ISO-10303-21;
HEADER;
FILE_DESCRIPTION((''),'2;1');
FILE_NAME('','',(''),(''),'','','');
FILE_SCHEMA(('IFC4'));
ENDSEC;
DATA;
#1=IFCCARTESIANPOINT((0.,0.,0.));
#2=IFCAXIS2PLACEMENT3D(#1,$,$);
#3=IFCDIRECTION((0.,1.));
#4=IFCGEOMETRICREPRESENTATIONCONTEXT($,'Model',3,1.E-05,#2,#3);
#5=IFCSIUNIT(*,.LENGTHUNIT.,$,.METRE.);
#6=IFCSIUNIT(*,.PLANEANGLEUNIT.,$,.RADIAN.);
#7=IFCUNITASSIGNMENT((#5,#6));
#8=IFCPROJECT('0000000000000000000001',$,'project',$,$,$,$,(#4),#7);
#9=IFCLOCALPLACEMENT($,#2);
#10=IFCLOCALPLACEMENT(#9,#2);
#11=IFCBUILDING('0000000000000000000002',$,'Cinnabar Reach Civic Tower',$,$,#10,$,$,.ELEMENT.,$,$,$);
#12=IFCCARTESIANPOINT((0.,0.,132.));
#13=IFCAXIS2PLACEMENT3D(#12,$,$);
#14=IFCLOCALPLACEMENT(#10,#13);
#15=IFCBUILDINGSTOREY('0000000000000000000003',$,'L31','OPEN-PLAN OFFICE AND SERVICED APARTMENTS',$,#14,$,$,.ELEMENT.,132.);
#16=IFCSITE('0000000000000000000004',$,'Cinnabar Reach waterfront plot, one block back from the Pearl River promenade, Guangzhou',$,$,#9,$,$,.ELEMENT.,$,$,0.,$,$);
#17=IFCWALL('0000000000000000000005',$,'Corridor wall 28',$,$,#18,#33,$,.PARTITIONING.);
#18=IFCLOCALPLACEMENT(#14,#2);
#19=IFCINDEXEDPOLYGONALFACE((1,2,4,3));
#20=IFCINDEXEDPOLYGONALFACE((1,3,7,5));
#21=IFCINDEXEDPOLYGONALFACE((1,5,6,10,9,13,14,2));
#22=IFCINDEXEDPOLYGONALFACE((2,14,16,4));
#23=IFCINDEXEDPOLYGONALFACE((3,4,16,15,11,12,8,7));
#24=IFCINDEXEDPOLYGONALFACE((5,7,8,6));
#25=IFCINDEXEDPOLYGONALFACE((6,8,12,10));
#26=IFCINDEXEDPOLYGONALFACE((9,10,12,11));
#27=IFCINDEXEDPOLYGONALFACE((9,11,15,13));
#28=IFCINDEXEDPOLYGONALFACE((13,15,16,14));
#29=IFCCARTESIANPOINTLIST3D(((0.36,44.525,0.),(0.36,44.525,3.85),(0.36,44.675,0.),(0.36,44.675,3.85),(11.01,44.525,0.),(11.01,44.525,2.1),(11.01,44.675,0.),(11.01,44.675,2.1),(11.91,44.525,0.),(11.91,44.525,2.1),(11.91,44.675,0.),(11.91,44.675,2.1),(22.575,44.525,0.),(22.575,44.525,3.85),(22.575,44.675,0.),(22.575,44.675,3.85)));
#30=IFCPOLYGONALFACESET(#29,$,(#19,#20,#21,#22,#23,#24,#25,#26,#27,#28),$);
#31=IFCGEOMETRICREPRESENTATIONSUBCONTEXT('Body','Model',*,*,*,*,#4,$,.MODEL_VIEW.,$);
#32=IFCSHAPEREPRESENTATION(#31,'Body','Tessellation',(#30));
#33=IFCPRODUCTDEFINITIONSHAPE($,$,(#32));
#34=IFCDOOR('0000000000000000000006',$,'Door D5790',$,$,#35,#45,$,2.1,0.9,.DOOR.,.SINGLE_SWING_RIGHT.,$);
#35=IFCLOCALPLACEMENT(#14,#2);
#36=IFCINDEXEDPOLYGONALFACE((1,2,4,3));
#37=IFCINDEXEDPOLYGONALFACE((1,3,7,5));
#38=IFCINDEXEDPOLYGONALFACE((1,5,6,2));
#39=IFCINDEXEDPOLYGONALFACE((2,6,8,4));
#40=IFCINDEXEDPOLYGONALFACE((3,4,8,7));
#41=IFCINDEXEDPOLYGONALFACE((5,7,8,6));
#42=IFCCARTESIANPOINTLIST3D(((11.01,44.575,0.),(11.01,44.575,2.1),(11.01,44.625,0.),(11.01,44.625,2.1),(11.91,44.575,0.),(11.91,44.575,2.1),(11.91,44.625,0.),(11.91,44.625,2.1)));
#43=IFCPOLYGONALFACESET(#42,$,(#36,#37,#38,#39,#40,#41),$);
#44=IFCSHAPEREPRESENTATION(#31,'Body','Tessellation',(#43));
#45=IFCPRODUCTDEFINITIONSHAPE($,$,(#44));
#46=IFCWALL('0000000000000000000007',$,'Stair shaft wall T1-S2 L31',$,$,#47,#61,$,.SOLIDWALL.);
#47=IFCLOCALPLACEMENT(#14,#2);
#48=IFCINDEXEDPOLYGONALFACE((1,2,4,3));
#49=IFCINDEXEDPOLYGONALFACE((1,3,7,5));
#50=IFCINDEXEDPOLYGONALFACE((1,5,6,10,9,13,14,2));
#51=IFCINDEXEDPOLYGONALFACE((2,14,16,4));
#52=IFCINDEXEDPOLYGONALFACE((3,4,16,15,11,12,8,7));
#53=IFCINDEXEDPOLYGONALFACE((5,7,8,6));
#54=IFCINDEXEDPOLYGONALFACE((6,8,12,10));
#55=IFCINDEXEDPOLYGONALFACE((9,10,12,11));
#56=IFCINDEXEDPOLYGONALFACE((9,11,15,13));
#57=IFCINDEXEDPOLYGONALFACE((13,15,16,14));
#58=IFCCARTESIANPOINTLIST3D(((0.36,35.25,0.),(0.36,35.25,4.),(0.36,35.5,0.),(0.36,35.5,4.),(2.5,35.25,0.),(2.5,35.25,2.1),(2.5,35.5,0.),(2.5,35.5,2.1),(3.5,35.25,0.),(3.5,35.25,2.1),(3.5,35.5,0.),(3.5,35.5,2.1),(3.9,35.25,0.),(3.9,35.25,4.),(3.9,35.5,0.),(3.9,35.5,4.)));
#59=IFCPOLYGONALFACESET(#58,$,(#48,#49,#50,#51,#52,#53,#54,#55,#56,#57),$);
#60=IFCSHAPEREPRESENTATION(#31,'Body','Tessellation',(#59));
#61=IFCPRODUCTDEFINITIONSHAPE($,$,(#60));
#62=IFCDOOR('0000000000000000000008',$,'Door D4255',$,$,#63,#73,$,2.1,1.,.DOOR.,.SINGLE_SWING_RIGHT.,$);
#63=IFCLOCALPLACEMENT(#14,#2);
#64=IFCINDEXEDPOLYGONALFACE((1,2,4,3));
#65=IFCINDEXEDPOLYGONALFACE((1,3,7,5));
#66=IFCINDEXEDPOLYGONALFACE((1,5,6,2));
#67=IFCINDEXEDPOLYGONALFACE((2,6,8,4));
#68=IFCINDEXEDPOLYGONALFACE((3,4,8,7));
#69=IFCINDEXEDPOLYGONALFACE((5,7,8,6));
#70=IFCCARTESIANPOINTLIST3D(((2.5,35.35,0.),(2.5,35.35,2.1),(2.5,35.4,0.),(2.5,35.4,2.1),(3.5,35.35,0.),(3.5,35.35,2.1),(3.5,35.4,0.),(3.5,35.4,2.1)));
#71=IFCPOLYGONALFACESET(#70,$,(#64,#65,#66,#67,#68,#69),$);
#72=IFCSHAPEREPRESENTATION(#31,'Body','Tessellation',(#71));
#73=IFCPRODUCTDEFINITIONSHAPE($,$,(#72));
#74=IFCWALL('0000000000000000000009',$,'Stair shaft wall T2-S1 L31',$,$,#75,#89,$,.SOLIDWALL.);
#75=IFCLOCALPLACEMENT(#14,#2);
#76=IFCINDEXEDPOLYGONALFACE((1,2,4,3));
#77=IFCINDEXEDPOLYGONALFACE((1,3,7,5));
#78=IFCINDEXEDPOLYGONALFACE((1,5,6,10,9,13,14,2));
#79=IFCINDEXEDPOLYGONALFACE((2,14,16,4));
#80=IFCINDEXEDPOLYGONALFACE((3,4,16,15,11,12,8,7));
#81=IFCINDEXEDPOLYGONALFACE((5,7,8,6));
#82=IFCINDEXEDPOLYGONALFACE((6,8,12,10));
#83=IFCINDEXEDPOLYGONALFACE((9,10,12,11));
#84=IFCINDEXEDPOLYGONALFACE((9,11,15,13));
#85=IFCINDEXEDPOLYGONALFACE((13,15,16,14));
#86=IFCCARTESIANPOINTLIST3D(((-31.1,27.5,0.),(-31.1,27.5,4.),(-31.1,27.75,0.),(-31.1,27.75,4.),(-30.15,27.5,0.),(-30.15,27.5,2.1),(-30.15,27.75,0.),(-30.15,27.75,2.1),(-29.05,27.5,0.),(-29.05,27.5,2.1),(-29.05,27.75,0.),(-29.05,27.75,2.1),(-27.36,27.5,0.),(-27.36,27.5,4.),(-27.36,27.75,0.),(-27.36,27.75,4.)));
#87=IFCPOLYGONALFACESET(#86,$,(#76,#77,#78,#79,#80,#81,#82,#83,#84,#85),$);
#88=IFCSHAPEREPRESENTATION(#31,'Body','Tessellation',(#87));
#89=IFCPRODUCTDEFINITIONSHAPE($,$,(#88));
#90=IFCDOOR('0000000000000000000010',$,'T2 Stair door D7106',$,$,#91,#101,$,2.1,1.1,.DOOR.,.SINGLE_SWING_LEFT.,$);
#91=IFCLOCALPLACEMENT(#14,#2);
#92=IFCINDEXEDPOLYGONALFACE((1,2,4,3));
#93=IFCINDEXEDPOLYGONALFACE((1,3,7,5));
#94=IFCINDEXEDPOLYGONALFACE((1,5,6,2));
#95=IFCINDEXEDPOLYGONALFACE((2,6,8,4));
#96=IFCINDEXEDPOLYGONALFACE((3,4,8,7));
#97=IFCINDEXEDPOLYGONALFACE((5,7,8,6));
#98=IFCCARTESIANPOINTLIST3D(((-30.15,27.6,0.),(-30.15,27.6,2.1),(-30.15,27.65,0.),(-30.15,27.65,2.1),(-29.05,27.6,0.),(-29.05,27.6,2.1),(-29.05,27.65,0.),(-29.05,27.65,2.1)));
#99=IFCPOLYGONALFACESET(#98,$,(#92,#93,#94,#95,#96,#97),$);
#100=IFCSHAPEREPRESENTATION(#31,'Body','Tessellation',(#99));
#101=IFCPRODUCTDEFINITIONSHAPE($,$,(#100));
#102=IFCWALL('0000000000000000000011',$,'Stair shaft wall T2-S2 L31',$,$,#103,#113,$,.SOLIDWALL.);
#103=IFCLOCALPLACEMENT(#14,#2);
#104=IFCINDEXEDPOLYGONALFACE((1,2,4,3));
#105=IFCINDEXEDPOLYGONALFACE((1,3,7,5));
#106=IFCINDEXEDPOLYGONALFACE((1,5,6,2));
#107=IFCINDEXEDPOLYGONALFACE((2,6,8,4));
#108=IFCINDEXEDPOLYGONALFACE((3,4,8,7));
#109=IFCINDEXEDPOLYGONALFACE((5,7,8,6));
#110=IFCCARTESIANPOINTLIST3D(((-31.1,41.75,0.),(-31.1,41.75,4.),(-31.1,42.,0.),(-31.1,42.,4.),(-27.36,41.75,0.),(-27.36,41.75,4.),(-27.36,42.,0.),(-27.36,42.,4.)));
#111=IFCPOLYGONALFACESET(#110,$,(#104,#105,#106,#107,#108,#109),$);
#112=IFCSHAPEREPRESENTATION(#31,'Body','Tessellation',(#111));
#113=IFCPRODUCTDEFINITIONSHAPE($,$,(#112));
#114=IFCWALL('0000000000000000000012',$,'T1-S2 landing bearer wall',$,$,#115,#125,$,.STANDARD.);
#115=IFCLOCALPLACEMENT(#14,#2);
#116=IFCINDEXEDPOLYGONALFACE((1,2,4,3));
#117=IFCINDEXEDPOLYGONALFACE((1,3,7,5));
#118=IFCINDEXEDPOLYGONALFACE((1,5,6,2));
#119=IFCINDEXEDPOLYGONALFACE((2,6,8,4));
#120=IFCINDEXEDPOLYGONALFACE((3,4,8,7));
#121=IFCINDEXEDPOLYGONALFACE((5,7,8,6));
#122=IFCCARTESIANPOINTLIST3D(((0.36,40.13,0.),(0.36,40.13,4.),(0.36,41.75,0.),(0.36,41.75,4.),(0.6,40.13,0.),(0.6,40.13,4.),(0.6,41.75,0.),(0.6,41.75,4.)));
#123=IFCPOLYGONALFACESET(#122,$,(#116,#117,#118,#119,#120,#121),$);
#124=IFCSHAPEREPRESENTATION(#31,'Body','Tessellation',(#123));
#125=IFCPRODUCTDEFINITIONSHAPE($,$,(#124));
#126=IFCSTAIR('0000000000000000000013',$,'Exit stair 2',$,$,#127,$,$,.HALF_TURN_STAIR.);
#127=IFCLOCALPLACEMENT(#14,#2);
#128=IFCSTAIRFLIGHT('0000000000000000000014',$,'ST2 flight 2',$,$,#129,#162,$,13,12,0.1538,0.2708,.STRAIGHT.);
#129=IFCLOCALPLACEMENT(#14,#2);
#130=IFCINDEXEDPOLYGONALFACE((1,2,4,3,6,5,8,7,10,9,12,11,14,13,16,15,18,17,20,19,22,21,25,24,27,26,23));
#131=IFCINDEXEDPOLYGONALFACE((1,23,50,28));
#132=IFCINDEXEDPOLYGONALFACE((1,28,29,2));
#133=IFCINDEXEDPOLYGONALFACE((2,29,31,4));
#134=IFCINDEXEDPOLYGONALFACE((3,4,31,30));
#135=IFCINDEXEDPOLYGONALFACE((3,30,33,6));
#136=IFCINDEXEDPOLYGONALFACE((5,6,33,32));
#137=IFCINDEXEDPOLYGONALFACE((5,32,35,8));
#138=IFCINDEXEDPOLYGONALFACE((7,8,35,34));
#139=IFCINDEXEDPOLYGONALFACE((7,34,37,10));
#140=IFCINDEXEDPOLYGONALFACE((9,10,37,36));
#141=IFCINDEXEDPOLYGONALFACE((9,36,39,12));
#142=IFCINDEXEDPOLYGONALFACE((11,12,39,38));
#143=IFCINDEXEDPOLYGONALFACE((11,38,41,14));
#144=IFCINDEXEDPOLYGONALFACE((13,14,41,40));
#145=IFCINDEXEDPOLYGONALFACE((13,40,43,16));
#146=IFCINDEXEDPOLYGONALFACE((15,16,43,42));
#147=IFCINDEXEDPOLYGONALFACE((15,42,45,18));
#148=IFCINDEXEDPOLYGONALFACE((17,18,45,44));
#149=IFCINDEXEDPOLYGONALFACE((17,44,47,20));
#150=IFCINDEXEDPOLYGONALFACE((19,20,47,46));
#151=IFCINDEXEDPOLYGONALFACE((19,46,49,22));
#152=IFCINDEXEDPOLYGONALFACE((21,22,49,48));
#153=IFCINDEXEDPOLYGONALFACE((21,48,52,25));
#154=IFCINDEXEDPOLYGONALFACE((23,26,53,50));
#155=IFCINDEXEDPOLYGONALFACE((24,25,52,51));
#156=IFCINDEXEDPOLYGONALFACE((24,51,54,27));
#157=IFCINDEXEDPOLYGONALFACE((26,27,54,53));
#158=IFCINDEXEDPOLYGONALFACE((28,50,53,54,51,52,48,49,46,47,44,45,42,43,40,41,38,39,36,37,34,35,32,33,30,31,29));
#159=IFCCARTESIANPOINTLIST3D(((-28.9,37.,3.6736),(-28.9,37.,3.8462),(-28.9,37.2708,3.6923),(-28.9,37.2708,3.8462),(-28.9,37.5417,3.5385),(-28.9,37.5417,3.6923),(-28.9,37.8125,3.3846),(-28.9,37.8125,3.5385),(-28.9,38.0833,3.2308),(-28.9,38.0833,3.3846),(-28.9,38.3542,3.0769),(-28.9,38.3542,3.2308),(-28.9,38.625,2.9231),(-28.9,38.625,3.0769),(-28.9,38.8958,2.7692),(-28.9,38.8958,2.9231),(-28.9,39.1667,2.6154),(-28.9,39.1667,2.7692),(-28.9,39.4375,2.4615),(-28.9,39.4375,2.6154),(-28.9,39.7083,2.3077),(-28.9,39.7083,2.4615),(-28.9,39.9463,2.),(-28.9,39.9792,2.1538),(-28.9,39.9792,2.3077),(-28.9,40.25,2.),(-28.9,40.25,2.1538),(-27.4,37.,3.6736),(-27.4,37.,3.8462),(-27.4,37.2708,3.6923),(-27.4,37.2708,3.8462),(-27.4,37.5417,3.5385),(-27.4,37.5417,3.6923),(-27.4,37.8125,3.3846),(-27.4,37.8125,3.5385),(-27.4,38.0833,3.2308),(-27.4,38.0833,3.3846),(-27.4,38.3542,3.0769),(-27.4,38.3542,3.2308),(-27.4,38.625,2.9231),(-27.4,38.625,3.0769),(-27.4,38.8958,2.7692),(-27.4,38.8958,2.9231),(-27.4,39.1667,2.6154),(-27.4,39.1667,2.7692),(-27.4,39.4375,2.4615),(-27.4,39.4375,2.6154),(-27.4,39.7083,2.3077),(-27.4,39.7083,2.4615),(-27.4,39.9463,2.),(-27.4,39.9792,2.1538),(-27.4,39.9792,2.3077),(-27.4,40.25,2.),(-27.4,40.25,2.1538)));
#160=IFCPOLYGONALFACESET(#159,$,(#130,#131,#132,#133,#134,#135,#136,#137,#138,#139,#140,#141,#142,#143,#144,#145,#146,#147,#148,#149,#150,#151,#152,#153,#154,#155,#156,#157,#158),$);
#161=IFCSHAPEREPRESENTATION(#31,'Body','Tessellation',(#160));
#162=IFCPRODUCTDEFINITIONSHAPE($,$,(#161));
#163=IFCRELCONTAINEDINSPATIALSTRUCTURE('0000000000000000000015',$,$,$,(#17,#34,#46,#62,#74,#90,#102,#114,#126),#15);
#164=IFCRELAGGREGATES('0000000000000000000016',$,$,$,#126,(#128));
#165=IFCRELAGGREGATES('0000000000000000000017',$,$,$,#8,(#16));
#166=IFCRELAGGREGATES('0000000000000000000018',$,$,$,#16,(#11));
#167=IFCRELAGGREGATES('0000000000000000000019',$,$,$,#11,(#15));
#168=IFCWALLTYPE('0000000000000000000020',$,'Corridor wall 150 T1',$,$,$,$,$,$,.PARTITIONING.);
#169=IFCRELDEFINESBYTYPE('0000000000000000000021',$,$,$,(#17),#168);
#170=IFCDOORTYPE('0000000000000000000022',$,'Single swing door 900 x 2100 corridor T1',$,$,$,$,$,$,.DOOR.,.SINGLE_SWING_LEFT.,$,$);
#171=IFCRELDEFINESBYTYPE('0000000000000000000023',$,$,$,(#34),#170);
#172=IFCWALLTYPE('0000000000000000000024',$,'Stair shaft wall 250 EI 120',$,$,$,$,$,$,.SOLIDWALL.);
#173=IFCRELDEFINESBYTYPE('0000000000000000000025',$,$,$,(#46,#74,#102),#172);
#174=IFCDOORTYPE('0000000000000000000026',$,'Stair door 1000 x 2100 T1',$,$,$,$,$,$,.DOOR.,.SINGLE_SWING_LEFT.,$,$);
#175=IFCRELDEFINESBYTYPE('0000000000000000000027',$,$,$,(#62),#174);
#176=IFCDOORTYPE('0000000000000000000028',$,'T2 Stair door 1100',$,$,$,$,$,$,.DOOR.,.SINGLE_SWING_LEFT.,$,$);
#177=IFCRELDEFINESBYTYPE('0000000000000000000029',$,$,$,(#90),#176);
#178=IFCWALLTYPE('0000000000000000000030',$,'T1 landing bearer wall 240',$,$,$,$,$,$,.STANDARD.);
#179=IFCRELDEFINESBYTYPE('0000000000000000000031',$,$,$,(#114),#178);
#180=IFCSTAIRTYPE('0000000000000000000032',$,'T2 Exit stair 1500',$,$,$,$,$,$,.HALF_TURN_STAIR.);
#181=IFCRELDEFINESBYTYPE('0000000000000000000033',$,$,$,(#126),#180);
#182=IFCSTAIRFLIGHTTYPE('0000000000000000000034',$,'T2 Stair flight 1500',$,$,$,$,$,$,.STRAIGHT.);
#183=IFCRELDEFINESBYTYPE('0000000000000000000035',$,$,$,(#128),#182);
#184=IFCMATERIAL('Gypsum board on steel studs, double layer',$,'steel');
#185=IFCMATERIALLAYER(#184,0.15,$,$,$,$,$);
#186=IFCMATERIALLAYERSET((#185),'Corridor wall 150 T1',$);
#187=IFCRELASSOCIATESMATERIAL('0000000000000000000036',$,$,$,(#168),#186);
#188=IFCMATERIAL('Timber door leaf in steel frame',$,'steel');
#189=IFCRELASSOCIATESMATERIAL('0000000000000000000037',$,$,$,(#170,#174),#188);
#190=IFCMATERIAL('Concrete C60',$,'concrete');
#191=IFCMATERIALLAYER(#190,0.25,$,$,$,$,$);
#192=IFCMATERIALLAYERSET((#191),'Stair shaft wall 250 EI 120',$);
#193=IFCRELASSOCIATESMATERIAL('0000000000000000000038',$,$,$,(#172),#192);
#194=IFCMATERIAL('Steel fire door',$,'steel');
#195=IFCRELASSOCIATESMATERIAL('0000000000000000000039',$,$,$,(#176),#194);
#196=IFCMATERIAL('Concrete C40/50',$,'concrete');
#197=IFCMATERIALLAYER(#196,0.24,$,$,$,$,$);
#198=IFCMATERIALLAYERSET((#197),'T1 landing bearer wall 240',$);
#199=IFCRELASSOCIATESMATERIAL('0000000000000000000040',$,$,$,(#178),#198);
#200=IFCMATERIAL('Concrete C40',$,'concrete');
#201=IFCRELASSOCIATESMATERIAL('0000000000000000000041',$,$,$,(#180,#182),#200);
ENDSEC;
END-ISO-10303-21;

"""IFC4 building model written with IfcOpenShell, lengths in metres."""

from ifc_helpers import new_model, si_unit, direction, frame, frame_2d, origin, place, context, subcontext, project, spatial, polyline, rectangle, outline, extrude, material, layer, layer_set, type_object, element, fill, aggregate, save


model = new_model("IFC4")

# Units and contexts
model_context = context("Model", 3, precision=1e-05, world=origin(), true_north=direction((0.0, 1.0)))
body_context = subcontext(model_context, "Body", "Model", "MODEL_VIEW")
ifc_project = project(units=[si_unit("LENGTHUNIT", "METRE"), si_unit("PLANEANGLEUNIT", "RADIAN")], contexts=[model_context])

# Site, building, storey
site_placement = place(None, origin())
site = spatial("IfcSite", under=ifc_project, at=site_placement, Name="Cinnabar Reach waterfront plot, one block back from the Pearl River promenade, Guangzhou", CompositionType="ELEMENT", RefElevation=0.0)
building_placement = place(site_placement, origin())
building = spatial("IfcBuilding", under=site, at=building_placement, Name="Cinnabar Reach Civic Tower", CompositionType="ELEMENT")
storey_placement = place(building_placement, frame((0.0, 0.0, 132.0)))
storey = spatial("IfcBuildingStorey", under=building, at=storey_placement, Name="L31", Description="OPEN-PLAN OFFICE AND SERVICED APARTMENTS", CompositionType="ELEMENT", Elevation=132.0)

# Shared definitions
ifc_material_1 = material(Name="Concrete C60", Category="concrete")

# Shared definitions
ifc_material_2 = material(Name="Concrete C40", Category="concrete")

# Walls, openings, doors
ifc_material_3 = material(Name="Gypsum board on steel studs, double layer", Category="steel")
ifc_layer_1 = layer(ifc_material_3, 0.15)
ifc_layer_set_1 = layer_set([ifc_layer_1], Name="Corridor wall 150 T1")
wall_type_1 = type_object("IfcWallType", Name="Corridor wall 150 T1", PredefinedType="PARTITIONING", material=ifc_layer_set_1)
wall_1_placement = place(storey_placement, frame((0.36, 44.6, 0.0), z_axis=(0.0, 0.0, 1.0), x_axis=(1.0, 0.0, 0.0)))
wall_1 = element("IfcWall", 1, at=wall_1_placement, inside=storey, type_object=wall_type_1, Name="Corridor wall 28", PredefinedType="PARTITIONING", context=body_context, shape_type="SweptSolid", body=[
    extrude(rectangle(XDim=22.215, YDim=0.15, at=frame_2d((11.1075, 0.0))), origin(), (0.0, 0.0, 1.0), 3.85),
])
opening_1_placement = place(wall_1_placement, frame((10.65, 0.0, 0.0)))
opening_1 = element("IfcOpeningElement", 2, at=opening_1_placement, cuts=wall_1, PredefinedType="OPENING", context=body_context, shape_type="SweptSolid", body=[
    extrude(rectangle(XDim=0.9, YDim=2.1, at=frame_2d((0.45, 1.05))), frame((0.0, 0.085, 0.0), z_axis=(0.0, -1.0, 0.0), x_axis=(1.0, 0.0, 0.0)), (0.0, 0.0, 1.0), 0.17),
])
ifc_material_4 = material(Name="Timber door leaf in steel frame", Category="steel")
door_type_1 = type_object("IfcDoorType", Name="Single swing door 900 x 2100 corridor T1", OperationType="SINGLE_SWING_LEFT", PredefinedType="DOOR", material=ifc_material_4)
door_1_placement = place(opening_1_placement, frame((0.9, 0.0, 0.0), z_axis=(0.0, 0.0, 1.0), x_axis=(-1.0, 0.0, 0.0)))
door_1 = element("IfcDoor", 3, at=door_1_placement, inside=storey, type_object=door_type_1, Name="Door D5790", OperationType="SINGLE_SWING_RIGHT", OverallHeight=2.1, OverallWidth=0.9, PredefinedType="DOOR", context=body_context, shape_type="SweptSolid", body=[
    extrude(rectangle(XDim=0.9, YDim=2.1, at=frame_2d((0.45, 1.05))), frame((0.0, 0.025, 0.0), z_axis=(0.0, -1.0, 0.0), x_axis=(1.0, 0.0, 0.0)), (0.0, 0.0, 1.0), 0.05),
])
fill(opening_1, door_1)
ifc_layer_2 = layer(ifc_material_1, 0.25)
ifc_layer_set_2 = layer_set([ifc_layer_2], Name="Stair shaft wall 250 EI 120")
wall_type_2 = type_object("IfcWallType", Name="Stair shaft wall 250 EI 120", PredefinedType="SOLIDWALL", material=ifc_layer_set_2)
wall_2_placement = place(storey_placement, frame((0.36, 35.375, 0.0), z_axis=(0.0, 0.0, 1.0), x_axis=(1.0, 0.0, 0.0)))
wall_2 = element("IfcWall", 4, at=wall_2_placement, inside=storey, type_object=wall_type_2, Name="Stair shaft wall T1-S2 L31", PredefinedType="SOLIDWALL", context=body_context, shape_type="SweptSolid", body=[
    extrude(rectangle(XDim=3.54, YDim=0.25, at=frame_2d((1.77, 0.0))), origin(), (0.0, 0.0, 1.0), 4.0),
])
opening_2_placement = place(wall_2_placement, frame((2.14, 0.0, 0.0)))
opening_2 = element("IfcOpeningElement", 5, at=opening_2_placement, cuts=wall_2, PredefinedType="OPENING", context=body_context, shape_type="SweptSolid", body=[
    extrude(rectangle(XDim=1.0, YDim=2.1, at=frame_2d((0.5, 1.05))), frame((0.0, 0.135, 0.0), z_axis=(0.0, -1.0, 0.0), x_axis=(1.0, 0.0, 0.0)), (0.0, 0.0, 1.0), 0.27),
])
door_type_2 = type_object("IfcDoorType", Name="Stair door 1000 x 2100 T1", OperationType="SINGLE_SWING_LEFT", PredefinedType="DOOR", material=ifc_material_4)
door_2_placement = place(opening_2_placement, origin())
door_2 = element("IfcDoor", 6, at=door_2_placement, inside=storey, type_object=door_type_2, Name="Door D4255", OperationType="SINGLE_SWING_RIGHT", OverallHeight=2.1, OverallWidth=1.0, PredefinedType="DOOR", context=body_context, shape_type="SweptSolid", body=[
    extrude(rectangle(XDim=1.0, YDim=2.1, at=frame_2d((0.5, 1.05))), frame((0.0, 0.025, 0.0), z_axis=(0.0, -1.0, 0.0), x_axis=(1.0, 0.0, 0.0)), (0.0, 0.0, 1.0), 0.05),
])
fill(opening_2, door_2)
wall_3_placement = place(storey_placement, frame((-27.36, 27.625, 0.0), z_axis=(0.0, 0.0, 1.0), x_axis=(-1.0, 0.0, 0.0)))
wall_3 = element("IfcWall", 7, at=wall_3_placement, inside=storey, type_object=wall_type_2, Name="Stair shaft wall T2-S1 L31", PredefinedType="SOLIDWALL", context=body_context, shape_type="SweptSolid", body=[
    extrude(rectangle(XDim=3.74, YDim=0.25, at=frame_2d((1.87, 0.0))), origin(), (0.0, 0.0, 1.0), 4.0),
])
opening_3_placement = place(wall_3_placement, frame((1.69, 0.0, 0.0)))
opening_3 = element("IfcOpeningElement", 8, at=opening_3_placement, cuts=wall_3, PredefinedType="OPENING", context=body_context, shape_type="SweptSolid", body=[
    extrude(rectangle(XDim=1.1, YDim=2.1, at=frame_2d((0.55, 1.05))), frame((0.0, 0.135, 0.0), z_axis=(0.0, -1.0, 0.0), x_axis=(1.0, 0.0, 0.0)), (0.0, 0.0, 1.0), 0.27),
])
ifc_material_5 = material(Name="Steel fire door", Category="steel")
door_type_3 = type_object("IfcDoorType", Name="T2 Stair door 1100", OperationType="SINGLE_SWING_LEFT", PredefinedType="DOOR", material=ifc_material_5)
door_3_placement = place(opening_3_placement, origin())
door_3 = element("IfcDoor", 9, at=door_3_placement, inside=storey, type_object=door_type_3, Name="T2 Stair door D7106", OperationType="SINGLE_SWING_LEFT", OverallHeight=2.1, OverallWidth=1.1, PredefinedType="DOOR", context=body_context, shape_type="SweptSolid", body=[
    extrude(rectangle(XDim=1.1, YDim=2.1, at=frame_2d((0.55, 1.05))), frame((0.0, 0.025, 0.0), z_axis=(0.0, -1.0, 0.0), x_axis=(1.0, 0.0, 0.0)), (0.0, 0.0, 1.0), 0.05),
])
fill(opening_3, door_3)

# Walls
wall_4_placement = place(storey_placement, frame((-27.36, 41.875, 0.0), z_axis=(0.0, 0.0, 1.0), x_axis=(-1.0, 0.0, 0.0)))
element("IfcWall", 10, at=wall_4_placement, inside=storey, type_object=wall_type_2, Name="Stair shaft wall T2-S2 L31", PredefinedType="SOLIDWALL", context=body_context, shape_type="SweptSolid", body=[
    extrude(rectangle(XDim=3.74, YDim=0.25, at=frame_2d((1.87, 0.0))), origin(), (0.0, 0.0, 1.0), 4.0),
])
ifc_material_6 = material(Name="Concrete C40/50", Category="concrete")
ifc_layer_3 = layer(ifc_material_6, 0.24)
ifc_layer_set_3 = layer_set([ifc_layer_3], Name="T1 landing bearer wall 240")
wall_type_3 = type_object("IfcWallType", Name="T1 landing bearer wall 240", PredefinedType="STANDARD", material=ifc_layer_set_3)
wall_5_placement = place(storey_placement, frame((0.48, 40.13, 0.0), z_axis=(0.0, 0.0, 1.0), x_axis=(0.0, 1.0, 0.0)))
element("IfcWall", 11, at=wall_5_placement, inside=storey, type_object=wall_type_3, Name="T1-S2 landing bearer wall", PredefinedType="STANDARD", context=body_context, shape_type="SweptSolid", body=[
    extrude(rectangle(XDim=1.62, YDim=0.24, at=frame_2d((0.81, 0.0))), origin(), (0.0, 0.0, 1.0), 4.0),
])

# Stair, stair flight
stair_type = type_object("IfcStairType", Name="T2 Exit stair 1500", PredefinedType="HALF_TURN_STAIR", material=ifc_material_2)
stair_placement = place(storey_placement, origin())
stair = element("IfcStair", 12, at=stair_placement, inside=storey, type_object=stair_type, Name="Exit stair 2", PredefinedType="HALF_TURN_STAIR")
stair_flight_type = type_object("IfcStairFlightType", Name="T2 Stair flight 1500", PredefinedType="STRAIGHT", material=ifc_material_2)
stair_flight_placement = place(storey_placement, frame((-28.15, 40.25, 2.0), z_axis=(0.0, 0.0, 1.0), x_axis=(0.0, -1.0, 0.0)))
stair_flight = element("IfcStairFlight", 13, at=stair_flight_placement, type_object=stair_flight_type, Name="ST2 flight 2", NumberOfRisers=13, NumberOfTreads=12, PredefinedType="STRAIGHT", RiserHeight=0.1538, TreadLength=0.2708, context=body_context, shape_type="SweptSolid", body=[
    extrude(outline(polyline([(0.0, 0.0), (0.0, 0.1538), (0.2708, 0.1538), (0.2708, 0.3077), (0.5417, 0.3077), (0.5417, 0.4615), (0.8125, 0.4615), (0.8125, 0.6154), (1.0833, 0.6154), (1.0833, 0.7692), (1.3542, 0.7692), (1.3542, 0.9231), (1.625, 0.9231), (1.625, 1.0769), (1.8958, 1.0769), (1.8958, 1.2308), (2.1667, 1.2308), (2.1667, 1.3846), (2.4375, 1.3846), (2.4375, 1.5385), (2.7083, 1.5385), (2.7083, 1.6923), (2.9792, 1.6923), (2.9792, 1.8462), (3.25, 1.8462), (3.25, 2.0), (3.25, 1.6736), (0.3037, 0.0), (0.0, 0.0)])), frame((0.0, 0.75, 0.0), z_axis=(0.0, -1.0, 0.0), x_axis=(1.0, 0.0, 0.0)), (0.0, 0.0, 1.0), 1.5),
])
aggregate(stair, [stair_flight])

save(model, "model.ifc")
